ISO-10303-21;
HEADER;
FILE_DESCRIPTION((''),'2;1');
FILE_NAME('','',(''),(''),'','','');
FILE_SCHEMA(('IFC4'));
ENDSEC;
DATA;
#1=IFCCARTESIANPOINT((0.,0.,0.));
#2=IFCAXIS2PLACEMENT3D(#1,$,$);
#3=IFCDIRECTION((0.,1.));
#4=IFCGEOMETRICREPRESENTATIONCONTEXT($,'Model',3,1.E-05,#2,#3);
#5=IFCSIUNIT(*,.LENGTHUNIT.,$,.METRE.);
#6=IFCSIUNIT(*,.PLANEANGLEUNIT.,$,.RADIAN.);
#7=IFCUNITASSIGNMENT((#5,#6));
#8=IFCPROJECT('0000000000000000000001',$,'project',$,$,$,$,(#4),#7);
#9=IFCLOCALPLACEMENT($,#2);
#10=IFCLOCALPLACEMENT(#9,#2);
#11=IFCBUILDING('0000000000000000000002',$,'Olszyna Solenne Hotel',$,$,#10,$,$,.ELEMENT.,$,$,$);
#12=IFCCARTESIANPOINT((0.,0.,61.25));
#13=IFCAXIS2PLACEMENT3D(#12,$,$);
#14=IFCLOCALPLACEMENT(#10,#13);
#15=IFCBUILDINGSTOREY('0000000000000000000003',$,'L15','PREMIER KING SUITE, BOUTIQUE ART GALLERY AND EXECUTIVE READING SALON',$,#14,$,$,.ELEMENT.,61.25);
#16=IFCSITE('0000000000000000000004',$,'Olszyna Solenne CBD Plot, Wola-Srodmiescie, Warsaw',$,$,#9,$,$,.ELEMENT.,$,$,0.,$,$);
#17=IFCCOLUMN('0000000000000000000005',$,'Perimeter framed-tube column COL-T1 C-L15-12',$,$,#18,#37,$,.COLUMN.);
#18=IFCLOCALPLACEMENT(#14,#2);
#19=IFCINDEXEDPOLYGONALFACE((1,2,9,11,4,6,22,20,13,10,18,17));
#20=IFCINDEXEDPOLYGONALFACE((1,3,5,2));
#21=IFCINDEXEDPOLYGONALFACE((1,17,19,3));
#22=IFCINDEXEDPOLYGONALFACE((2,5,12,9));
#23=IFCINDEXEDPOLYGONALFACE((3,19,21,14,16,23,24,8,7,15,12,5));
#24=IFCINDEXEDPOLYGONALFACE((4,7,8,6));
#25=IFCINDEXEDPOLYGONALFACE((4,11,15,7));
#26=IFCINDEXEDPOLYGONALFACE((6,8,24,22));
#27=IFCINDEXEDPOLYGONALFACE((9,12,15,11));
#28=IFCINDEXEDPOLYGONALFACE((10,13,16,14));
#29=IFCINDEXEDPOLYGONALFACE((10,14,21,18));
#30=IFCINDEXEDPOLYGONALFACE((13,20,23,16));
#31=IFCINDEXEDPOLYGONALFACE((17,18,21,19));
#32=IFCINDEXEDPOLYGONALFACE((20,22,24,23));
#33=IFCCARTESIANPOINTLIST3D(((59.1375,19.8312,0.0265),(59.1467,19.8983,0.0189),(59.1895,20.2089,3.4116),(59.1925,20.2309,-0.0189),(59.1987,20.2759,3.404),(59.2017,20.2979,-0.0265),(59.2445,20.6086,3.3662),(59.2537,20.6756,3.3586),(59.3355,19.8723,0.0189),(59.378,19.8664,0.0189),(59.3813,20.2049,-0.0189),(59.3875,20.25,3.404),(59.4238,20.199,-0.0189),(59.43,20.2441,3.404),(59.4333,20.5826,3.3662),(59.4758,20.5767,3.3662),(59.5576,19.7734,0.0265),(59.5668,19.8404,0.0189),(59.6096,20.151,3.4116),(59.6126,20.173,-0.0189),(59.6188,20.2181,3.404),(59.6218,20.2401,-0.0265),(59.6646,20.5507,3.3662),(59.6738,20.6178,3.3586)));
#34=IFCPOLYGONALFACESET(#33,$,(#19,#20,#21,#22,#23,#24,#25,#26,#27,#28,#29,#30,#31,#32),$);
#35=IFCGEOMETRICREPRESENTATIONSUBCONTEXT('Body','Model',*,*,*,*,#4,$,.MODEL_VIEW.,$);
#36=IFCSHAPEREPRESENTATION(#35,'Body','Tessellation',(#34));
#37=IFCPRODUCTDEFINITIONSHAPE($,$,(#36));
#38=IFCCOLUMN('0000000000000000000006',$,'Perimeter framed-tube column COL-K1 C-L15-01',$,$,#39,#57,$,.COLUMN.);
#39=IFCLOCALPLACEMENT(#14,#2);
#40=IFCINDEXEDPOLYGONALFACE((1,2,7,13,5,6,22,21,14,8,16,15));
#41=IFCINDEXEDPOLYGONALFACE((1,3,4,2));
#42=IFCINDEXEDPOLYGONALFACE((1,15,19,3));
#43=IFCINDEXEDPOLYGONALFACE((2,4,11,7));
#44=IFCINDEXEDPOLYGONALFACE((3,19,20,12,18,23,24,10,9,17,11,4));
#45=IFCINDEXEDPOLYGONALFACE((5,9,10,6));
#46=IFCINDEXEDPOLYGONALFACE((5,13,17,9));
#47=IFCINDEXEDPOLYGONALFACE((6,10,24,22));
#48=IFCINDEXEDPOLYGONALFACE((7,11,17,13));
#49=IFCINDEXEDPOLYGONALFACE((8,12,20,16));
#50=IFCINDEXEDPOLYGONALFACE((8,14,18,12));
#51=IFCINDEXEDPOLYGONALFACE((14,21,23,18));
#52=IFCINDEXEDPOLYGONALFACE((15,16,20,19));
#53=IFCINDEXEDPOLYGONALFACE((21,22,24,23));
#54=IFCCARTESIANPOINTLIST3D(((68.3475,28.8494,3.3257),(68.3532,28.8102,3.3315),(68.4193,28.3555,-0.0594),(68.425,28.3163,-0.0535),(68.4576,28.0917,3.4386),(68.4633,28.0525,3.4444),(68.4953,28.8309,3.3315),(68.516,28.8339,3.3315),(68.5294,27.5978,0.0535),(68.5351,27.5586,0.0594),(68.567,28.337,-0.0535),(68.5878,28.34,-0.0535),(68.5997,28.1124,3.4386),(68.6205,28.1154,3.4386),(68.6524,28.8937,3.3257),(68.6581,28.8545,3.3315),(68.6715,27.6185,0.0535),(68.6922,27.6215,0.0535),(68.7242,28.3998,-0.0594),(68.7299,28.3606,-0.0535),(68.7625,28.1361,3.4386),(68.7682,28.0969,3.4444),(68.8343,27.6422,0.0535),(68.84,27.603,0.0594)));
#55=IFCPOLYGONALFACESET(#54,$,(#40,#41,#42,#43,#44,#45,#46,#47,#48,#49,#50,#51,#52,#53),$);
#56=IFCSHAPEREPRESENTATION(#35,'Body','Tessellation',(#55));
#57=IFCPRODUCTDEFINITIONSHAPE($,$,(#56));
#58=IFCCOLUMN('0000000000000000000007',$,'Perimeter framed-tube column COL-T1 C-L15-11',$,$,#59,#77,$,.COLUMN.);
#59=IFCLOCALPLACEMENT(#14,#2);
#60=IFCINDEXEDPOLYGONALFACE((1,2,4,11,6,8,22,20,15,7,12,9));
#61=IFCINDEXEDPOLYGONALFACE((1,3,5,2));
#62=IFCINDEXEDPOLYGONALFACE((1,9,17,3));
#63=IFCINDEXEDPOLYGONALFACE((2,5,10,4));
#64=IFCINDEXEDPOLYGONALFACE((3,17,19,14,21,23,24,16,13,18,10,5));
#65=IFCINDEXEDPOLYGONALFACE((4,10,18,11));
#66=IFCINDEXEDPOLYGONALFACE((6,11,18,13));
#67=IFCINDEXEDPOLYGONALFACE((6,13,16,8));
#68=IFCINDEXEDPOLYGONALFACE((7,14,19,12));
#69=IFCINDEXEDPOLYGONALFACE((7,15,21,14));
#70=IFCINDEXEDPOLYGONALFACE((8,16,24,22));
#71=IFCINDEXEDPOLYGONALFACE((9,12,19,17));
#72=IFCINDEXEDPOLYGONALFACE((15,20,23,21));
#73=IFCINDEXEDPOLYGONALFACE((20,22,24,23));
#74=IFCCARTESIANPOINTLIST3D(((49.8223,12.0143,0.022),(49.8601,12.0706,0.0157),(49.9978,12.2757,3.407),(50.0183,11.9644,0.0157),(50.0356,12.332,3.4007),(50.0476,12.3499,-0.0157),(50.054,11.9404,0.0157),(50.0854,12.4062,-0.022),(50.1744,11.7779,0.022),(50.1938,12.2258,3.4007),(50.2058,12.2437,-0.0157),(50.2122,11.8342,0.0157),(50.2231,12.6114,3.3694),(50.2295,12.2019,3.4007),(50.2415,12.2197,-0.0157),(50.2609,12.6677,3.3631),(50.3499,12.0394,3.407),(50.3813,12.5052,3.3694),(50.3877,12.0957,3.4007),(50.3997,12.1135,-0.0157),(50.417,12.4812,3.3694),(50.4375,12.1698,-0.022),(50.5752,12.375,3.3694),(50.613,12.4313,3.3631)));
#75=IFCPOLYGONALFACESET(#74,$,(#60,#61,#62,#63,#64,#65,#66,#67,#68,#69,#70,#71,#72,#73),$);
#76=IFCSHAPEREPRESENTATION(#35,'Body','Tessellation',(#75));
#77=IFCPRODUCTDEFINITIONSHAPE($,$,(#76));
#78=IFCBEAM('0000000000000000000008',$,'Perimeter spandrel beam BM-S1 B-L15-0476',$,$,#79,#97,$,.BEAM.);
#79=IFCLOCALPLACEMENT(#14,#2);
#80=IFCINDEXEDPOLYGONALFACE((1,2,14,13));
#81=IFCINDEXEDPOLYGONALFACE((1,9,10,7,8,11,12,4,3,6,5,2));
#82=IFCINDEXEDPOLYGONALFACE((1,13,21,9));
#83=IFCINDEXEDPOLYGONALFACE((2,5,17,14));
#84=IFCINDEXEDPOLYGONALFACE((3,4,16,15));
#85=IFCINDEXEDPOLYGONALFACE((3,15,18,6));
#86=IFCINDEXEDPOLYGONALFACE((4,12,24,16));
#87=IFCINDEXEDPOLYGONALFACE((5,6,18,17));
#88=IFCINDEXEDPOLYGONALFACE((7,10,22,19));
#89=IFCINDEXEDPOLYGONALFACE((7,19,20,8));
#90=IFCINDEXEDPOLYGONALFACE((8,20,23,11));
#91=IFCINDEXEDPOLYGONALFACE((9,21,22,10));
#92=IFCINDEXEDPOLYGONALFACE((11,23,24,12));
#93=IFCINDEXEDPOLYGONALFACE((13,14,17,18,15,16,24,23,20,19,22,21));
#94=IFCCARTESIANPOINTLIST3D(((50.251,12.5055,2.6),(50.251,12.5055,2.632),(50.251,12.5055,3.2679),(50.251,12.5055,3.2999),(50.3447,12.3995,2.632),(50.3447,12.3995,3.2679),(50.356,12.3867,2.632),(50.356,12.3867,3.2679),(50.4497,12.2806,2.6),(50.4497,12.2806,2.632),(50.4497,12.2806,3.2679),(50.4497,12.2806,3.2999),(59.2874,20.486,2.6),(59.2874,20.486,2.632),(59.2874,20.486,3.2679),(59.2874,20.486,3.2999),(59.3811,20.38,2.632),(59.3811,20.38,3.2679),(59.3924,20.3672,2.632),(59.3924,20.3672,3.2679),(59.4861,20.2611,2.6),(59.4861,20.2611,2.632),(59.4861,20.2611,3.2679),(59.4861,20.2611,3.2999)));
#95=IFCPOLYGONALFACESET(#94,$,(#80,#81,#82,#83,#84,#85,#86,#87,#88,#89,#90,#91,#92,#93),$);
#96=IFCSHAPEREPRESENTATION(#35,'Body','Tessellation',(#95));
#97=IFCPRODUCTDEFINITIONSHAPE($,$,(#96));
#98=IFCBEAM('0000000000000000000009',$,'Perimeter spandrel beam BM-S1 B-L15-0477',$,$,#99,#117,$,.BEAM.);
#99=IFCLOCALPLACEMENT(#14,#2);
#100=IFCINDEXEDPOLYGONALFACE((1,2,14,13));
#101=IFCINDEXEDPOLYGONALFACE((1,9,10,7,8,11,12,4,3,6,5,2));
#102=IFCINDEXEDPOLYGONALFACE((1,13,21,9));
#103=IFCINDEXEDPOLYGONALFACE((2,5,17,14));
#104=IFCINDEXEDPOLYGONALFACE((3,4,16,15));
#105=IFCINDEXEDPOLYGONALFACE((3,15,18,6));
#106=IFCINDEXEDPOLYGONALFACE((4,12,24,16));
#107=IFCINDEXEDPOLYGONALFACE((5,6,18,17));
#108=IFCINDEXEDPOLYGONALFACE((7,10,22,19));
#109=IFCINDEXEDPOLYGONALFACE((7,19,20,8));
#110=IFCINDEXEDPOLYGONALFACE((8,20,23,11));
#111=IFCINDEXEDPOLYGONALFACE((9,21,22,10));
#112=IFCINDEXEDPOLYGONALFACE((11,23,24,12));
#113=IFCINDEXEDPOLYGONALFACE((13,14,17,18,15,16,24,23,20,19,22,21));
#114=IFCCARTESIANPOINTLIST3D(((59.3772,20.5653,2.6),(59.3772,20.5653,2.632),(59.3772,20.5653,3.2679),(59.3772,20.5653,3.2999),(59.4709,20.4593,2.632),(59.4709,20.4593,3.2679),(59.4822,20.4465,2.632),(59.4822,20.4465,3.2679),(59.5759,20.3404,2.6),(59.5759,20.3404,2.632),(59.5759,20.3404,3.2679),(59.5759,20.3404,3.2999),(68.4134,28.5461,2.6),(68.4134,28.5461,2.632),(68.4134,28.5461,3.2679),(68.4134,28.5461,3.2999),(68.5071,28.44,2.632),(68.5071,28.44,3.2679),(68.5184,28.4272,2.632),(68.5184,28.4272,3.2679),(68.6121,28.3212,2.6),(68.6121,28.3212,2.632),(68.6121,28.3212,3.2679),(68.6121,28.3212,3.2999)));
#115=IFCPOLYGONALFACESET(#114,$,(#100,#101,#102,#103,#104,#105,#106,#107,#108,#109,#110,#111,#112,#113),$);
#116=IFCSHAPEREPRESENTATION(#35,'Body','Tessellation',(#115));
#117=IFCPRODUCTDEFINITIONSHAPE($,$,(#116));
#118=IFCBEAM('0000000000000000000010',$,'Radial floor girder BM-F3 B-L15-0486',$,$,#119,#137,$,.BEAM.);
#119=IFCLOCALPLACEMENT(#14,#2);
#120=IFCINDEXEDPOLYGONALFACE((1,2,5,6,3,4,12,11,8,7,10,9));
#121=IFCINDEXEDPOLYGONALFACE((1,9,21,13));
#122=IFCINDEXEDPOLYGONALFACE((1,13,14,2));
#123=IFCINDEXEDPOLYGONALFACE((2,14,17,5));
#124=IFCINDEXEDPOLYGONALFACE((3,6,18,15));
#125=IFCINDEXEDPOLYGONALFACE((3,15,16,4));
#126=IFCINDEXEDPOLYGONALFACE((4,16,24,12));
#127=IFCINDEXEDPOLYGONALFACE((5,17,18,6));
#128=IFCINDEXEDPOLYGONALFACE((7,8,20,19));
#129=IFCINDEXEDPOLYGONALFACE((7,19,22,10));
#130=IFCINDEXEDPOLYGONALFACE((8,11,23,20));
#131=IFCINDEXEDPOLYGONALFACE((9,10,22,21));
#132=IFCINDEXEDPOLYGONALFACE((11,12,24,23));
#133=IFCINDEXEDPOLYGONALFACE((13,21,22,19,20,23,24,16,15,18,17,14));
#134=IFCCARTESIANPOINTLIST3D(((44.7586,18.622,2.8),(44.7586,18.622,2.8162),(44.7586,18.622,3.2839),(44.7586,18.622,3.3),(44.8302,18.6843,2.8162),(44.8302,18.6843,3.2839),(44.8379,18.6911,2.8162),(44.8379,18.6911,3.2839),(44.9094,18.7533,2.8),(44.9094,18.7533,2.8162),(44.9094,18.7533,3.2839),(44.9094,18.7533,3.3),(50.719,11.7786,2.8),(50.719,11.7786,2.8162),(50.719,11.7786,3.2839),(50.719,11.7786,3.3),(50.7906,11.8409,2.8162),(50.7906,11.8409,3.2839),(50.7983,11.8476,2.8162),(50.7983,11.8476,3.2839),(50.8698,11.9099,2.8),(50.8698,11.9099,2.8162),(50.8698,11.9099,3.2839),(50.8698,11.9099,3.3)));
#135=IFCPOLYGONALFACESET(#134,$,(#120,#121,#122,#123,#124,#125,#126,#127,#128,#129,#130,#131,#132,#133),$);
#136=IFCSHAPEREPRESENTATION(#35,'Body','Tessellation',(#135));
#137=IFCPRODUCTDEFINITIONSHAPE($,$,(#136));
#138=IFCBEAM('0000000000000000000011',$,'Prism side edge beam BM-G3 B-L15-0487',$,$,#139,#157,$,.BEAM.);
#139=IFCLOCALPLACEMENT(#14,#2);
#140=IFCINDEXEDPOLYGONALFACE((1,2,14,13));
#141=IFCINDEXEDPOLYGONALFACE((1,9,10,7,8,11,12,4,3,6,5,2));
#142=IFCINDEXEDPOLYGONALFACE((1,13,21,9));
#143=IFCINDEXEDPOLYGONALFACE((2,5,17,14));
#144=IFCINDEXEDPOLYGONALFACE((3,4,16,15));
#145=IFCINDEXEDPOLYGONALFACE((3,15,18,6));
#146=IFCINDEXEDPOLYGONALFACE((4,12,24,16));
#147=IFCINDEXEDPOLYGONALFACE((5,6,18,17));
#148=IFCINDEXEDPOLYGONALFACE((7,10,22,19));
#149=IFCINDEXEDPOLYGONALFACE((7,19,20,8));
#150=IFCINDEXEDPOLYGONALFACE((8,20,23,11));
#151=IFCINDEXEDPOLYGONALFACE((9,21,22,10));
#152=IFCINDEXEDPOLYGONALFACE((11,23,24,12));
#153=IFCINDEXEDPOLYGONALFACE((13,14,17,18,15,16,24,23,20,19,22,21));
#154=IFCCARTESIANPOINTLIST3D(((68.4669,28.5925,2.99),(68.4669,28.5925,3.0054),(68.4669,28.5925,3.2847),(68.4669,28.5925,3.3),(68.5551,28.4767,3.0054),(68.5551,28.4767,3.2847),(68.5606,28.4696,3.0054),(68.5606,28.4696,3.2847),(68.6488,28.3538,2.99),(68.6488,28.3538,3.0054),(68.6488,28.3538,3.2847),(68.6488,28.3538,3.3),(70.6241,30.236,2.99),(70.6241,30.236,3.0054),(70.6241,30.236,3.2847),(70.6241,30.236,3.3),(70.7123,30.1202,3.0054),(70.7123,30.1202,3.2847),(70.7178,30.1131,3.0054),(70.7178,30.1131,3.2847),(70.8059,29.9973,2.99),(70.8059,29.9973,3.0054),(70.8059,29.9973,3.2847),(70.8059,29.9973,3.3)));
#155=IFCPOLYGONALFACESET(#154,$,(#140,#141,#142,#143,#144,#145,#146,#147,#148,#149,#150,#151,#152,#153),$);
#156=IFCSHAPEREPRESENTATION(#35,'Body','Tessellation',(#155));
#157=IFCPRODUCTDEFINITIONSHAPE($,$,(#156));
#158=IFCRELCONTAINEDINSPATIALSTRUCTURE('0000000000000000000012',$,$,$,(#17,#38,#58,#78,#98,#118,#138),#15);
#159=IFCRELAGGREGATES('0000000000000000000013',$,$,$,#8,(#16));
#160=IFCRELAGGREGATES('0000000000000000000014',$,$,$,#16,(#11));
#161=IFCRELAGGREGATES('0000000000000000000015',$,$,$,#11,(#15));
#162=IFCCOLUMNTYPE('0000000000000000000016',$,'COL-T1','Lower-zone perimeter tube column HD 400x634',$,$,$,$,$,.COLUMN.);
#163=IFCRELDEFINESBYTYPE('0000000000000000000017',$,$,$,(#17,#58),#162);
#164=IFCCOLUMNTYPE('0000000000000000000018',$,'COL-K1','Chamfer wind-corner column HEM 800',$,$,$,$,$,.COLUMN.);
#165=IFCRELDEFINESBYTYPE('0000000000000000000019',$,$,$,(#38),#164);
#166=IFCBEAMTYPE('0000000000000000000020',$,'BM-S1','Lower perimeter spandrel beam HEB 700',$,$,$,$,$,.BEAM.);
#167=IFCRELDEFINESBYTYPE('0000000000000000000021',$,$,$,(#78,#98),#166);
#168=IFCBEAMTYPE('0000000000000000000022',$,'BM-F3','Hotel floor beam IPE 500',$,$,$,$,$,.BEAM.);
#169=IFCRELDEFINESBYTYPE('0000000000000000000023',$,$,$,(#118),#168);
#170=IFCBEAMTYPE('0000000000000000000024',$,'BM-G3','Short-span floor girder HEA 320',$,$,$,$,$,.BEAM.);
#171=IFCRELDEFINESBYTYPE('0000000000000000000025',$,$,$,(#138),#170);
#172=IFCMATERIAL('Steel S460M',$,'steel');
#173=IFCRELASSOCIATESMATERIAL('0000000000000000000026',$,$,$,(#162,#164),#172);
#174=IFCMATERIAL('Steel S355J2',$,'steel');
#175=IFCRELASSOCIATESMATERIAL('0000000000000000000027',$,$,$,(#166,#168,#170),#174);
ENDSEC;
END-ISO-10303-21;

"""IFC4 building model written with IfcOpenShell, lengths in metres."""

from ifc_helpers import new_model, si_unit, direction, frame, origin, origin_2d, place, context, subcontext, project, spatial, i_section, extrude, source, transform, mapped, material, material_profile, profile_set, type_object, element, save


model = new_model("IFC4")

# Units and contexts
model_context = context("Model", 3, precision=1e-05, world=origin(), true_north=direction((0.0, 1.0)))
body_context = subcontext(model_context, "Body", "Model", "MODEL_VIEW")
ifc_project = project(units=[si_unit("LENGTHUNIT", "METRE"), si_unit("PLANEANGLEUNIT", "RADIAN")], contexts=[model_context])

# Site, building, storey
site_placement = place(None, origin())
site = spatial("IfcSite", under=ifc_project, at=site_placement, Name="Olszyna Solenne CBD Plot, Wola-Srodmiescie, Warsaw", CompositionType="ELEMENT", RefElevation=0.0)
building_placement = place(site_placement, origin())
building = spatial("IfcBuilding", under=site, at=building_placement, Name="Olszyna Solenne Hotel", CompositionType="ELEMENT")
storey_placement = place(building_placement, frame((0.0, 0.0, 61.25)))
storey = spatial("IfcBuildingStorey", under=building, at=storey_placement, Name="L15", Description="PREMIER KING SUITE, BOUTIQUE ART GALLERY AND EXECUTIVE READING SALON", CompositionType="ELEMENT", Elevation=61.25)

# Columns
ifc_material_1 = material(Name="Steel S460M", Category="steel")
ifc_material_profile_1 = material_profile(ifc_material_1, i_section(OverallWidth=0.4241, OverallDepth=0.4741, WebThickness=0.043, FlangeThickness=0.0681, at=origin_2d()), Name="HD 400x634", Category="load-bearing")
ifc_profile_set_1 = profile_set([ifc_material_profile_1], Name="Steel S460M")
column_type_1 = type_object("IfcColumnType", Name="COL-T1", Description="Lower-zone perimeter tube column HD 400x634", PredefinedType="COLUMN", material=ifc_profile_set_1)
shared_shape_1 = source(origin(), body_context, "Body", "SweptSolid", [
    extrude(i_section(OverallWidth=0.4241, OverallDepth=0.4741, WebThickness=0.043, FlangeThickness=0.0681, at=origin_2d()), origin(), (0.0, 0.0, 1.0), 3.4065),
])
column_1_placement = place(storey_placement, frame((59.3796, 20.0356, 0.0), z_axis=(0.015266, 0.110875, 0.993717), x_axis=(-0.990654, 0.136399, 0.0)))
element("IfcColumn", 1, at=column_1_placement, inside=storey, type_object=column_type_1, Name="Perimeter framed-tube column COL-T1 C-L15-12", PredefinedType="COLUMN", context=body_context, shape_type="MappedRepresentation", body=[
    mapped(shared_shape_1, transform((0.0, 0.0, 0.0), x_axis=(1.0, 0.0, 0.0), y_axis=(0.0, 1.0, 0.0), z_axis=(0.0, 0.0, 1.0), scale=1.0)),
])
ifc_material_profile_2 = material_profile(ifc_material_1, i_section(OverallWidth=0.3081, OverallDepth=0.814, WebThickness=0.021, FlangeThickness=0.04, at=origin_2d()), Name="HEM 800", Category="load-bearing")
ifc_profile_set_2 = profile_set([ifc_material_profile_2], Name="Steel S460M")
column_type_2 = type_object("IfcColumnType", Name="COL-K1", Description="Chamfer wind-corner column HEM 800", PredefinedType="COLUMN", material=ifc_profile_set_2)
shared_shape_2 = source(origin(), body_context, "Body", "SweptSolid", [
    extrude(i_section(OverallWidth=0.3081, OverallDepth=0.814, WebThickness=0.021, FlangeThickness=0.04, at=origin_2d()), origin(), (0.0, 0.0, 1.0), 3.4216),
])
column_2_placement = place(storey_placement, frame((68.6296, 27.9792, 0.0), z_axis=(-0.020978, 0.144346, 0.989305), x_axis=(-0.989604, -0.143818, 0.0)))
element("IfcColumn", 2, at=column_2_placement, inside=storey, type_object=column_type_2, Name="Perimeter framed-tube column COL-K1 C-L15-01", PredefinedType="COLUMN", context=body_context, shape_type="MappedRepresentation", body=[
    mapped(shared_shape_2, transform((0.0, 0.0, 0.0), x_axis=(1.0, 0.0, 0.0), y_axis=(0.0, 1.0, 0.0), z_axis=(0.0, 0.0, 1.0), scale=1.0)),
])
shared_shape_3 = source(origin(), body_context, "Body", "SweptSolid", [
    extrude(i_section(OverallWidth=0.4241, OverallDepth=0.4741, WebThickness=0.043, FlangeThickness=0.0681, at=origin_2d()), origin(), (0.0, 0.0, 1.0), 3.3997),
])
column_3_placement = place(storey_placement, frame((50.1299, 12.092, 0.0), z_axis=(0.051634, 0.076913, 0.9957), x_axis=(-0.830257, 0.557381, 0.0)))
element("IfcColumn", 3, at=column_3_placement, inside=storey, type_object=column_type_1, Name="Perimeter framed-tube column COL-T1 C-L15-11", PredefinedType="COLUMN", context=body_context, shape_type="MappedRepresentation", body=[
    mapped(shared_shape_3, transform((0.0, 0.0, 0.0), x_axis=(1.0, 0.0, 0.0), y_axis=(0.0, 1.0, 0.0), z_axis=(0.0, 0.0, 1.0), scale=1.0)),
])

# Beams
ifc_material_2 = material(Name="Steel S355J2", Category="steel")
ifc_material_profile_3 = material_profile(ifc_material_2, i_section(OverallWidth=0.3, OverallDepth=0.7, WebThickness=0.0171, FlangeThickness=0.032, at=origin_2d()), Name="HEB 700", Category="load-bearing")
ifc_profile_set_3 = profile_set([ifc_material_profile_3], Name="Steel S355J2")
beam_type_1 = type_object("IfcBeamType", Name="BM-S1", Description="Lower perimeter spandrel beam HEB 700", PredefinedType="BEAM", material=ifc_profile_set_3)
shared_shape_4 = source(origin(), body_context, "Body", "SweptSolid", [
    extrude(i_section(OverallWidth=0.3, OverallDepth=0.7, WebThickness=0.0171, FlangeThickness=0.032, at=origin_2d()), origin(), (0.0, 0.0, 1.0), 12.0559),
])
for number, where, z_axis, x_axis, name in (
    (4, (50.3503, 12.3931, 2.95), (0.749542, 0.661957, 0.0), (-0.661957, 0.749542, 0.0), "Perimeter spandrel beam BM-S1 B-L15-0476"),
    (5, (59.4766, 20.4529, 2.95), (0.749523, 0.661979, 0.0), (-0.661979, 0.749523, 0.0), "Perimeter spandrel beam BM-S1 B-L15-0477"),
):
    element("IfcBeam", number, at=place(storey_placement, frame(where, z_axis=z_axis, x_axis=x_axis)), inside=storey, type_object=beam_type_1, Name=name, PredefinedType="BEAM", context=body_context, shape_type="MappedRepresentation", body=[
        mapped(shared_shape_4, transform((0.0, 0.0, 0.0), x_axis=(1.0, 0.0, 0.0), y_axis=(0.0, 1.0, 0.0), z_axis=(0.0, 0.0, 1.0), scale=1.0)),
    ])
ifc_material_profile_4 = material_profile(ifc_material_2, i_section(OverallWidth=0.2, OverallDepth=0.5, WebThickness=0.0103, FlangeThickness=0.0161, at=origin_2d()), Name="IPE 500", Category="load-bearing")
ifc_profile_set_4 = profile_set([ifc_material_profile_4], Name="Steel S355J2")
beam_type_2 = type_object("IfcBeamType", Name="BM-F3", Description="Hotel floor beam IPE 500", PredefinedType="BEAM", material=ifc_profile_set_4)
shared_shape_5 = source(origin(), body_context, "Body", "SweptSolid", [
    extrude(i_section(OverallWidth=0.2, OverallDepth=0.5, WebThickness=0.0103, FlangeThickness=0.0161, at=origin_2d()), origin(), (0.0, 0.0, 1.0), 9.0752),
])
beam_1_placement = place(storey_placement, frame((50.7944, 11.8442, 3.05), z_axis=(-0.656779, 0.754083, 0.0), x_axis=(-0.754083, -0.656779, 0.0)))
element("IfcBeam", 6, at=beam_1_placement, inside=storey, type_object=beam_type_2, Name="Radial floor girder BM-F3 B-L15-0486", PredefinedType="BEAM", context=body_context, shape_type="MappedRepresentation", body=[
    mapped(shared_shape_5, transform((0.0, 0.0, 0.0), x_axis=(1.0, 0.0, 0.0), y_axis=(0.0, 1.0, 0.0), z_axis=(0.0, 0.0, 1.0), scale=1.0)),
])
ifc_material_profile_5 = material_profile(ifc_material_2, i_section(OverallWidth=0.3, OverallDepth=0.3101, WebThickness=0.009, FlangeThickness=0.0154, at=origin_2d()), Name="HEA 320", Category="load-bearing")
ifc_profile_set_5 = profile_set([ifc_material_profile_5], Name="Steel S355J2")
beam_type_3 = type_object("IfcBeamType", Name="BM-G3", Description="Short-span floor girder HEA 320", PredefinedType="BEAM", material=ifc_profile_set_5)
shared_shape_6 = source(origin(), body_context, "Body", "SweptSolid", [
    extrude(i_section(OverallWidth=0.3, OverallDepth=0.3101, WebThickness=0.009, FlangeThickness=0.0154, at=origin_2d()), origin(), (0.0, 0.0, 1.0), 2.7119),
])
beam_2_placement = place(storey_placement, frame((68.5579, 28.4731, 3.145), z_axis=(0.79544, 0.606032, 0.0), x_axis=(-0.606032, 0.79544, 0.0)))
element("IfcBeam", 7, at=beam_2_placement, inside=storey, type_object=beam_type_3, Name="Prism side edge beam BM-G3 B-L15-0487", PredefinedType="BEAM", context=body_context, shape_type="MappedRepresentation", body=[
    mapped(shared_shape_6, transform((0.0, 0.0, 0.0), x_axis=(1.0, 0.0, 0.0), y_axis=(0.0, 1.0, 0.0), z_axis=(0.0, 0.0, 1.0), scale=1.0)),
])

save(model, "model.ifc")
